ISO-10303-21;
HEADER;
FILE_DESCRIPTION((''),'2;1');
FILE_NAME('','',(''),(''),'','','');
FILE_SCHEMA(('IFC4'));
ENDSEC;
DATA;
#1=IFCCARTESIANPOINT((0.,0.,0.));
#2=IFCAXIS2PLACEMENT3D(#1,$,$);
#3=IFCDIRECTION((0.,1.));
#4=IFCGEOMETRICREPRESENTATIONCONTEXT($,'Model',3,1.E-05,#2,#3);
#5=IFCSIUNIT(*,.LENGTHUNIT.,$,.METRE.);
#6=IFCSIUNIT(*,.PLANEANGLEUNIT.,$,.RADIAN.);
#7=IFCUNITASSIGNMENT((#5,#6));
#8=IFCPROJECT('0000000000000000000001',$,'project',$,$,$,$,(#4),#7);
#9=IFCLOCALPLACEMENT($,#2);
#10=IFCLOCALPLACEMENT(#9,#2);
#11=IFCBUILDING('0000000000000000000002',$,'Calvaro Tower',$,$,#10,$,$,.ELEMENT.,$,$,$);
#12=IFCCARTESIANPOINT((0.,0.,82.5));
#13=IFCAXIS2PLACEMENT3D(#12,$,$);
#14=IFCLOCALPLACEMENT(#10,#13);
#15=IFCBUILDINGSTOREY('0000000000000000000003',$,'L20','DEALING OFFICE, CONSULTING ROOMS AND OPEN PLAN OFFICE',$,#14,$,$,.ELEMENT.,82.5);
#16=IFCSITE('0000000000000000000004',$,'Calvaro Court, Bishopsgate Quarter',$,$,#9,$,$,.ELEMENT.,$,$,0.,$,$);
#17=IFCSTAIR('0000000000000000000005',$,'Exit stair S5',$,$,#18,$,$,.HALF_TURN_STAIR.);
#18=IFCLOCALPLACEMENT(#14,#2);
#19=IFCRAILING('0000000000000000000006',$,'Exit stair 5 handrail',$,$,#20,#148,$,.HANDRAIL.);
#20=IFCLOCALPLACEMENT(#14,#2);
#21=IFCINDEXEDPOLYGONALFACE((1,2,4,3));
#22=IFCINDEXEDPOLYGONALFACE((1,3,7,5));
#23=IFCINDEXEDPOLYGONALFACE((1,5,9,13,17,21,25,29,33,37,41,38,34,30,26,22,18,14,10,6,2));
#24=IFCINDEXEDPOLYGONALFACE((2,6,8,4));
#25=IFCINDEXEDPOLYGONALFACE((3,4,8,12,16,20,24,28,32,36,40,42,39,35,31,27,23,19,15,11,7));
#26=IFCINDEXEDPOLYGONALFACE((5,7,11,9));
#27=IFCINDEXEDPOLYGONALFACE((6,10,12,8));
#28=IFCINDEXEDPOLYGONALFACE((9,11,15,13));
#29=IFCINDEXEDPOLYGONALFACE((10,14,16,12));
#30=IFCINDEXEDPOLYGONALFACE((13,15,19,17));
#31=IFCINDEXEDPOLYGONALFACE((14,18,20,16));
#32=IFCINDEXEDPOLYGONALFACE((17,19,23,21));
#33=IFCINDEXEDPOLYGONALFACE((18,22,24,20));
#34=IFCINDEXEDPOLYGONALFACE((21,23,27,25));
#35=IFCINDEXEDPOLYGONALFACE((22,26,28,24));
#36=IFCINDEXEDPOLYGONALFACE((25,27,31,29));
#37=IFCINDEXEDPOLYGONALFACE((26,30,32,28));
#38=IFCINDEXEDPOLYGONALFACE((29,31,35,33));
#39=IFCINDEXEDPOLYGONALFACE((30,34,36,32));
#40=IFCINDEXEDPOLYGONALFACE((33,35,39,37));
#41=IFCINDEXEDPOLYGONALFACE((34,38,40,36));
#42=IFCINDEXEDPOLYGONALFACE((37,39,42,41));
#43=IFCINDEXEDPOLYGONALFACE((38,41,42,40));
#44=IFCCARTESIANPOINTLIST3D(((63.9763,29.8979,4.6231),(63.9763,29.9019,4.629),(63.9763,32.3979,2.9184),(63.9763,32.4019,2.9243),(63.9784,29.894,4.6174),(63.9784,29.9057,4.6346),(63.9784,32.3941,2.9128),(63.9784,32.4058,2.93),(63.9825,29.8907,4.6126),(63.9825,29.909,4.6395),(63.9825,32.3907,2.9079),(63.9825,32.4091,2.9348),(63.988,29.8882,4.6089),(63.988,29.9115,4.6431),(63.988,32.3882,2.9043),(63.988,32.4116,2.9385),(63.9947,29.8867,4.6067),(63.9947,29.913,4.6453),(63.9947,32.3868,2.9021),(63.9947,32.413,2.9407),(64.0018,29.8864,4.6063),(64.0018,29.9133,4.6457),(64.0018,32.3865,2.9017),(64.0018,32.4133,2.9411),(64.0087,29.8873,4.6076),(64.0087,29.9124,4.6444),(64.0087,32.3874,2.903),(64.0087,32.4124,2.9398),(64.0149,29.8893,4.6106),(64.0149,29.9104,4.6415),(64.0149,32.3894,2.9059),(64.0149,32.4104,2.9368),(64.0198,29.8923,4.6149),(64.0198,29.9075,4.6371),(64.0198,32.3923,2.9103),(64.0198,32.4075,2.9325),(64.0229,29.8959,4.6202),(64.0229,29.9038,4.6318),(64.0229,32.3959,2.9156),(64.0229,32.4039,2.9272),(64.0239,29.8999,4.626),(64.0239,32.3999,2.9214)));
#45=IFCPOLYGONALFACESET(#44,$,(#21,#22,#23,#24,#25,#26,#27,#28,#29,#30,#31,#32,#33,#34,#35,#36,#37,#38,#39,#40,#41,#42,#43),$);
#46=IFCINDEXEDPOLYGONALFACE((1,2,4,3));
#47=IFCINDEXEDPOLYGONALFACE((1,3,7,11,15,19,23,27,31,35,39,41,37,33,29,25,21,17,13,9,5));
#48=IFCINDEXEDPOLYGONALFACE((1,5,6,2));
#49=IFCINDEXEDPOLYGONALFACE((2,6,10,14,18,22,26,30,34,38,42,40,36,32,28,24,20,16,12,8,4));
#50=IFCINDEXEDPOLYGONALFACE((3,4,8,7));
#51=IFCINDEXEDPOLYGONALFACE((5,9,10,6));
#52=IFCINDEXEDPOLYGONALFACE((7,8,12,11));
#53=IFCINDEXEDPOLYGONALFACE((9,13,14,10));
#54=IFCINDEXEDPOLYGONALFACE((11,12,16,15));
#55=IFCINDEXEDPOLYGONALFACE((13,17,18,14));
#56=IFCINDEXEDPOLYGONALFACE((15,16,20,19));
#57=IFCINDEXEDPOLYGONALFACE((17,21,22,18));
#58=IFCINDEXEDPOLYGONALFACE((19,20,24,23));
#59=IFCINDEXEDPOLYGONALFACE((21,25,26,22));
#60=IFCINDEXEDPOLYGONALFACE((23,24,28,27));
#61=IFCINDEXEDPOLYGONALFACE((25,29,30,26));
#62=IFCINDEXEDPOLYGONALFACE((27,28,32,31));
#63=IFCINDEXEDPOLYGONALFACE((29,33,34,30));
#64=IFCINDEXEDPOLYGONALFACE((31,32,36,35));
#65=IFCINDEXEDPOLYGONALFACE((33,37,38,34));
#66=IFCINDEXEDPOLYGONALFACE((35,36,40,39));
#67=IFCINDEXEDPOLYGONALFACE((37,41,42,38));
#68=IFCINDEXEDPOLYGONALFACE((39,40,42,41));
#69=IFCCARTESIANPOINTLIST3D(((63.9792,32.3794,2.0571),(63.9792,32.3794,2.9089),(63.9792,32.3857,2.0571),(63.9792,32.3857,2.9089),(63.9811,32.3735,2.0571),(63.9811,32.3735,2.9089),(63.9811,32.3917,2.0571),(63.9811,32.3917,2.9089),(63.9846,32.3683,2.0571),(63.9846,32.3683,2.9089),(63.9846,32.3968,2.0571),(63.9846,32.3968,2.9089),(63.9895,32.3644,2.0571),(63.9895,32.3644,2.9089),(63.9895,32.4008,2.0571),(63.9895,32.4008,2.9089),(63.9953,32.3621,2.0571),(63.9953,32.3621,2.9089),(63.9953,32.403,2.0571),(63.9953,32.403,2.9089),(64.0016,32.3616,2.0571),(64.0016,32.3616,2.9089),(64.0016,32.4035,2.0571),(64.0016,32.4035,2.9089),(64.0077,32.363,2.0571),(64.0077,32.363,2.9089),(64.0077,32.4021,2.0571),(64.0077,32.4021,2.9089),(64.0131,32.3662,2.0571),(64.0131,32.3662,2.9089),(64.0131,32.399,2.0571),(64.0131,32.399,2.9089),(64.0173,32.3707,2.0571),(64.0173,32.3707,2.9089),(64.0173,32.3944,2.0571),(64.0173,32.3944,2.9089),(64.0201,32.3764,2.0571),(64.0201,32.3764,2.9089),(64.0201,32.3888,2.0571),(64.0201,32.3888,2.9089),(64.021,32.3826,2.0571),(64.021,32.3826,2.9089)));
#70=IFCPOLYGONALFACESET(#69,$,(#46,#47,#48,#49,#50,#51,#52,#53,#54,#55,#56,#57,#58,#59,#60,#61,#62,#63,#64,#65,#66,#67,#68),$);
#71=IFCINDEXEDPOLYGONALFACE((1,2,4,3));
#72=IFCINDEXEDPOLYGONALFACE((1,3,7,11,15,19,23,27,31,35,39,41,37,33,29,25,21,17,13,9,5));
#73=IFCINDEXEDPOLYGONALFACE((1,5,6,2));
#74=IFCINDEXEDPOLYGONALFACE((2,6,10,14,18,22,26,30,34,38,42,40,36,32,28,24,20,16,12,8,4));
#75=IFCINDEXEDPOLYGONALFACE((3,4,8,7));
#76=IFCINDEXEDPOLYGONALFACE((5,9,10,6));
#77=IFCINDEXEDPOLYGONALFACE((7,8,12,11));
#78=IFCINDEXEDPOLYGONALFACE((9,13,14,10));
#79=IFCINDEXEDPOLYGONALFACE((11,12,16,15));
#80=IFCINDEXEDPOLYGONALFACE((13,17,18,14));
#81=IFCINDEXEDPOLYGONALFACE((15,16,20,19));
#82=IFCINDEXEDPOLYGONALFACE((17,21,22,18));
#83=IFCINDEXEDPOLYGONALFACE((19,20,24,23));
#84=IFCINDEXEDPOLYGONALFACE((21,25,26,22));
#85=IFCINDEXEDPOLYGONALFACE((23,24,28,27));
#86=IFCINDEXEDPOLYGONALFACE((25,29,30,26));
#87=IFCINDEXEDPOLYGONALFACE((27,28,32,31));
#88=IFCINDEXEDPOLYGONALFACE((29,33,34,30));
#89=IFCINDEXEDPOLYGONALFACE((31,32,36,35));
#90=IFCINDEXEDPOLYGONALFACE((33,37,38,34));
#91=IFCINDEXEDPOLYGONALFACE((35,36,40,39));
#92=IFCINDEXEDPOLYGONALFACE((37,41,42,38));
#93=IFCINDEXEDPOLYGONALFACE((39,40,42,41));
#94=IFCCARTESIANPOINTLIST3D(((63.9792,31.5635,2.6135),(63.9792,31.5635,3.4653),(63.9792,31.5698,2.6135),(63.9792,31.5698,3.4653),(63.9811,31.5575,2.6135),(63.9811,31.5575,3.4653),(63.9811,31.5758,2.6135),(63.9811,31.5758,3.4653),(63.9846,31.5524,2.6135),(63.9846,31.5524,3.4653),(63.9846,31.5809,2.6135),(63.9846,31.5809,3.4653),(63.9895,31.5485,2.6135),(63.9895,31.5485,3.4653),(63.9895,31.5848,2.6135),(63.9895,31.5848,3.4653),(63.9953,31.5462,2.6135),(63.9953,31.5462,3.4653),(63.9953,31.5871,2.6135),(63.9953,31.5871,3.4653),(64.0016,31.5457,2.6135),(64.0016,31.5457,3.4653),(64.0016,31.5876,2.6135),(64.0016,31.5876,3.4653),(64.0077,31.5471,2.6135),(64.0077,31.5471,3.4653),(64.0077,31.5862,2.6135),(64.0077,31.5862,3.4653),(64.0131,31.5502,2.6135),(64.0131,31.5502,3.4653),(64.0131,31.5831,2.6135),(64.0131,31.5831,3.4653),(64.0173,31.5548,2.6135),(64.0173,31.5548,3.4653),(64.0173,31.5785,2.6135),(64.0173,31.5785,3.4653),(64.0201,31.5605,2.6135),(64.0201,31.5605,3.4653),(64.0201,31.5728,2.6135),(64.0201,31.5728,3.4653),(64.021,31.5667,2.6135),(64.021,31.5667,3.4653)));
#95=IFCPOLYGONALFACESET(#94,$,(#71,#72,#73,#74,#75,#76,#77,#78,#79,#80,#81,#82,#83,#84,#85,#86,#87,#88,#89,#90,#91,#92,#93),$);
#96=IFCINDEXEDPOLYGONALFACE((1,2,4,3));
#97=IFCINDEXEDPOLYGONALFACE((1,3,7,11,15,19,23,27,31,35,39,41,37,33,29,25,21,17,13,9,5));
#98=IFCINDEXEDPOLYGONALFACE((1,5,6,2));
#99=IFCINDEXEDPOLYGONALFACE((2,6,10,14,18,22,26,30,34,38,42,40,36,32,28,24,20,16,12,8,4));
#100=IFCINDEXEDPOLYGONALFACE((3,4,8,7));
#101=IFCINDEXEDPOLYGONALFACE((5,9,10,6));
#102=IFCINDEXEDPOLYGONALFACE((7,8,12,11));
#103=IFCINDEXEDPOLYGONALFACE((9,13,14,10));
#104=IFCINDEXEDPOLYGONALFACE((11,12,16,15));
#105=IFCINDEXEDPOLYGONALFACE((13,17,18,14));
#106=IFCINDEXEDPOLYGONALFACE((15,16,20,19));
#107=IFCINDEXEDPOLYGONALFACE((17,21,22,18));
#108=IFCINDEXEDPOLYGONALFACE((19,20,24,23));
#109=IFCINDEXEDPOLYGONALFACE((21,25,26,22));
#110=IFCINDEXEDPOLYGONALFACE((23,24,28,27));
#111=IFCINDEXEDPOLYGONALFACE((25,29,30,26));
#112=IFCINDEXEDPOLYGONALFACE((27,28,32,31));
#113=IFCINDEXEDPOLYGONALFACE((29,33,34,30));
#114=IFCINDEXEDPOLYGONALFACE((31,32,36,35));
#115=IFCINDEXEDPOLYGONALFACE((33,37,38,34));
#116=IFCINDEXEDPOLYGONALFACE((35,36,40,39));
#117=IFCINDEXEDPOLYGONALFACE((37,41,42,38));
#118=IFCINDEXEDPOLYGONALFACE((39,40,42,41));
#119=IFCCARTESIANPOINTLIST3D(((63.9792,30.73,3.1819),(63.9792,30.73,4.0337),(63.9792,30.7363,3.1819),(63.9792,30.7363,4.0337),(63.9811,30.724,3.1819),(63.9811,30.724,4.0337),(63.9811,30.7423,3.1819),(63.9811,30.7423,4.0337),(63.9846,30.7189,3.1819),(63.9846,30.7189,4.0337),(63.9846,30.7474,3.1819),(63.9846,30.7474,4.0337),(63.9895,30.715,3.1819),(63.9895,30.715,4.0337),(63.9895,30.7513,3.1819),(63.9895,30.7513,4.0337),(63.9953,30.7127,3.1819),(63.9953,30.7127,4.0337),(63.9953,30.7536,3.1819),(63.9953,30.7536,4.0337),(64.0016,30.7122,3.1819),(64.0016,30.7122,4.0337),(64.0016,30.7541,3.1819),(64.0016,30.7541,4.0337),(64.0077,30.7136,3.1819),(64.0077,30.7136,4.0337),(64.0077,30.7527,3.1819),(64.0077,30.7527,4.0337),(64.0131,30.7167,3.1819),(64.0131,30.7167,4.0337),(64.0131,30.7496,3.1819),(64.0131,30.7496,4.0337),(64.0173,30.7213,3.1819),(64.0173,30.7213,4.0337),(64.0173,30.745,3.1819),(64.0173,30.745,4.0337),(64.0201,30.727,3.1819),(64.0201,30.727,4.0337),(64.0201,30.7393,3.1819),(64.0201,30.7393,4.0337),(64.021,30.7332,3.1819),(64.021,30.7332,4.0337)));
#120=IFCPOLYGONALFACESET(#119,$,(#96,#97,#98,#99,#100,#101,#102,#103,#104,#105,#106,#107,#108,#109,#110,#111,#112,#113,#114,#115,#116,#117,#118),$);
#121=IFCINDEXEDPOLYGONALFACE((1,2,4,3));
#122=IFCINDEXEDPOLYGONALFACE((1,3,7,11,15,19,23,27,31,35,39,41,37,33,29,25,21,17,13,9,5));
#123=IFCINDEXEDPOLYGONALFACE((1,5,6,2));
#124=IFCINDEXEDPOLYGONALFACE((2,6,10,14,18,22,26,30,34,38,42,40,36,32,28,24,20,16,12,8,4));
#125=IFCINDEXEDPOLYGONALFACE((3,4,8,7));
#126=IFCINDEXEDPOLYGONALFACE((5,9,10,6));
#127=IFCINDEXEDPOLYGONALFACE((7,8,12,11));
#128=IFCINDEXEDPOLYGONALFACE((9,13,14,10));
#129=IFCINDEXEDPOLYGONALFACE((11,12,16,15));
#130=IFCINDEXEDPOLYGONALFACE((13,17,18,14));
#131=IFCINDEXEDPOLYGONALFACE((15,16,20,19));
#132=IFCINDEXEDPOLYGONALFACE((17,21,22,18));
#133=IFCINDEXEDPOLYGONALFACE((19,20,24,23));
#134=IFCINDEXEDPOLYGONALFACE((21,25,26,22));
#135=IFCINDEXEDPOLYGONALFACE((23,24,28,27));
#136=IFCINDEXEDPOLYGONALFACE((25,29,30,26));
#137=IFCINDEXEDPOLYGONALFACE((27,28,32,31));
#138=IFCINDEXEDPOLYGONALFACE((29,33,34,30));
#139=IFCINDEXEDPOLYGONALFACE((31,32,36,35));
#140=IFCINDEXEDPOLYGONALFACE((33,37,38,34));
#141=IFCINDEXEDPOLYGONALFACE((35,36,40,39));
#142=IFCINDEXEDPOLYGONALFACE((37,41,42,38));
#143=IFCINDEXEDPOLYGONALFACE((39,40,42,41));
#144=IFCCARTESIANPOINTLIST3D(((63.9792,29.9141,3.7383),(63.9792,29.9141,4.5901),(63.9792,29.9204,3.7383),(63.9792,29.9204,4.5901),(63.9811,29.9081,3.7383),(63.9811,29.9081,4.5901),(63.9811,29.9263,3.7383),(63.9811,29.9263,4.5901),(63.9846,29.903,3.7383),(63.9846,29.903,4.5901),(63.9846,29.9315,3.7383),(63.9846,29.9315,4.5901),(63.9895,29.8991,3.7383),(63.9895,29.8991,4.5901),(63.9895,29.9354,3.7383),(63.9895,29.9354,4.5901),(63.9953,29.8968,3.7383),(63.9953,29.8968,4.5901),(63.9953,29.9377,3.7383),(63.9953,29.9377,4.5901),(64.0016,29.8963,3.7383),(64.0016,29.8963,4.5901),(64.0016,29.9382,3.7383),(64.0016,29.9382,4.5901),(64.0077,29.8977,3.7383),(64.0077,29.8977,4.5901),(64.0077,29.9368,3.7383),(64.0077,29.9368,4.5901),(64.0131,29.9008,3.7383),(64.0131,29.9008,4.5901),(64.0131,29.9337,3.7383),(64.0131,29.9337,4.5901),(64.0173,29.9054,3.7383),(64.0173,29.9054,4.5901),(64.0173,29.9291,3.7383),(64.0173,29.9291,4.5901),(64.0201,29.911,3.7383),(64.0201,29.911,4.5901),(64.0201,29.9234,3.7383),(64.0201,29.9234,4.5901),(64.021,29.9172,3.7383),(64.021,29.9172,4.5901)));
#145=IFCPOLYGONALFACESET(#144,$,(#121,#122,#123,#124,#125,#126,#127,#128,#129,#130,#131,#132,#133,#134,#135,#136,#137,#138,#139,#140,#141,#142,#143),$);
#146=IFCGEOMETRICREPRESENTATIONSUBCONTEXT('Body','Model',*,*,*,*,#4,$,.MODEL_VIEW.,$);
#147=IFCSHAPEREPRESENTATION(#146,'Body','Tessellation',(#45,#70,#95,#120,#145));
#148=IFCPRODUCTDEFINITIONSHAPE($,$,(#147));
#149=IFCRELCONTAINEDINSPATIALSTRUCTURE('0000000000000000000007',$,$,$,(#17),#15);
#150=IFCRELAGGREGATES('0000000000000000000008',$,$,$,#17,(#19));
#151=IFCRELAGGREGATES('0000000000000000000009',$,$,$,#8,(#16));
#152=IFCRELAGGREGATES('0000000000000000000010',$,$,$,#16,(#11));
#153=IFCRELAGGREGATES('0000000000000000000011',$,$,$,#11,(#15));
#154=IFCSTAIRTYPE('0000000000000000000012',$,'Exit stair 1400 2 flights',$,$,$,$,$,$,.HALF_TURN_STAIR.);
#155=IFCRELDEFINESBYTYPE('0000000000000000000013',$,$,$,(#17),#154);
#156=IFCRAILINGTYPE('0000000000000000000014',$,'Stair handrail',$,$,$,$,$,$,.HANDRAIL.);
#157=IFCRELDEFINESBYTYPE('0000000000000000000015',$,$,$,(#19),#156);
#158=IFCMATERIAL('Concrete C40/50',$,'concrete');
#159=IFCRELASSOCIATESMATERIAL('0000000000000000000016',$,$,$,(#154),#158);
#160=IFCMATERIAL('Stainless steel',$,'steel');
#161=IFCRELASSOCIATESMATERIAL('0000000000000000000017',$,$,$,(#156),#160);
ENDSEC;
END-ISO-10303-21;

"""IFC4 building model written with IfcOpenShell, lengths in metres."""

from ifc_helpers import new_model, si_unit, direction, frame, origin, origin_2d, place, context, subcontext, project, spatial, circle, extrude, material, type_object, element, aggregate, save


model = new_model("IFC4")

# Units and contexts
model_context = context("Model", 3, precision=1e-05, world=origin(), true_north=direction((0.0, 1.0)))
body_context = subcontext(model_context, "Body", "Model", "MODEL_VIEW")
ifc_project = project(units=[si_unit("LENGTHUNIT", "METRE"), si_unit("PLANEANGLEUNIT", "RADIAN")], contexts=[model_context])

# Site, building, storey
site_placement = place(None, origin())
site = spatial("IfcSite", under=ifc_project, at=site_placement, Name="Calvaro Court, Bishopsgate Quarter", CompositionType="ELEMENT", RefElevation=0.0)
building_placement = place(site_placement, origin())
building = spatial("IfcBuilding", under=site, at=building_placement, Name="Calvaro Tower", CompositionType="ELEMENT")
storey_placement = place(building_placement, frame((0.0, 0.0, 82.5)))
storey = spatial("IfcBuildingStorey", under=building, at=storey_placement, Name="L20", Description="DEALING OFFICE, CONSULTING ROOMS AND OPEN PLAN OFFICE", CompositionType="ELEMENT", Elevation=82.5)

# Stair
ifc_material_1 = material(Name="Concrete C40/50", Category="concrete")
stair_type = type_object("IfcStairType", Name="Exit stair 1400 2 flights", PredefinedType="HALF_TURN_STAIR", material=ifc_material_1)
stair_1_placement = place(storey_placement, origin())
stair_1 = element("IfcStair", 1, at=stair_1_placement, inside=storey, type_object=stair_type, Name="Exit stair S5", PredefinedType="HALF_TURN_STAIR")

# Shared definitions
ifc_material_2 = material(Name="Stainless steel", Category="steel")
railing_type = type_object("IfcRailingType", Name="Stair handrail", PredefinedType="HANDRAIL", material=ifc_material_2)

# Railing
railing_1_placement = place(storey_placement, frame((64.0, 32.3999, 2.0454)))
railing_1 = element("IfcRailing", 2, at=railing_1_placement, type_object=railing_type, Name="Exit stair 5 handrail", PredefinedType="HANDRAIL", context=body_context, shape_type="SweptSolid", body=[
    extrude(circle(Radius=0.0239, at=origin_2d()), frame((0.0, 0.0, 0.876), z_axis=(0.0, -0.826221, 0.563347), x_axis=(1.0, 0.0, 0.0)), (0.0, 0.0, 1.0), 3.0259),
    extrude(circle(Radius=0.021, at=origin_2d()), frame((0.0, -0.0173, 0.0117)), (0.0, 0.0, 1.0), 0.8518),
    extrude(circle(Radius=0.021, at=origin_2d()), frame((0.0, -0.8333, 0.5681)), (0.0, 0.0, 1.0), 0.8518),
    extrude(circle(Radius=0.021, at=origin_2d()), frame((0.0, -1.6667, 1.1365)), (0.0, 0.0, 1.0), 0.8518),
    extrude(circle(Radius=0.021, at=origin_2d()), frame((0.0, -2.4827, 1.6929)), (0.0, 0.0, 1.0), 0.8518),
])
aggregate(stair_1, [railing_1])

save(model, "model.ifc")
